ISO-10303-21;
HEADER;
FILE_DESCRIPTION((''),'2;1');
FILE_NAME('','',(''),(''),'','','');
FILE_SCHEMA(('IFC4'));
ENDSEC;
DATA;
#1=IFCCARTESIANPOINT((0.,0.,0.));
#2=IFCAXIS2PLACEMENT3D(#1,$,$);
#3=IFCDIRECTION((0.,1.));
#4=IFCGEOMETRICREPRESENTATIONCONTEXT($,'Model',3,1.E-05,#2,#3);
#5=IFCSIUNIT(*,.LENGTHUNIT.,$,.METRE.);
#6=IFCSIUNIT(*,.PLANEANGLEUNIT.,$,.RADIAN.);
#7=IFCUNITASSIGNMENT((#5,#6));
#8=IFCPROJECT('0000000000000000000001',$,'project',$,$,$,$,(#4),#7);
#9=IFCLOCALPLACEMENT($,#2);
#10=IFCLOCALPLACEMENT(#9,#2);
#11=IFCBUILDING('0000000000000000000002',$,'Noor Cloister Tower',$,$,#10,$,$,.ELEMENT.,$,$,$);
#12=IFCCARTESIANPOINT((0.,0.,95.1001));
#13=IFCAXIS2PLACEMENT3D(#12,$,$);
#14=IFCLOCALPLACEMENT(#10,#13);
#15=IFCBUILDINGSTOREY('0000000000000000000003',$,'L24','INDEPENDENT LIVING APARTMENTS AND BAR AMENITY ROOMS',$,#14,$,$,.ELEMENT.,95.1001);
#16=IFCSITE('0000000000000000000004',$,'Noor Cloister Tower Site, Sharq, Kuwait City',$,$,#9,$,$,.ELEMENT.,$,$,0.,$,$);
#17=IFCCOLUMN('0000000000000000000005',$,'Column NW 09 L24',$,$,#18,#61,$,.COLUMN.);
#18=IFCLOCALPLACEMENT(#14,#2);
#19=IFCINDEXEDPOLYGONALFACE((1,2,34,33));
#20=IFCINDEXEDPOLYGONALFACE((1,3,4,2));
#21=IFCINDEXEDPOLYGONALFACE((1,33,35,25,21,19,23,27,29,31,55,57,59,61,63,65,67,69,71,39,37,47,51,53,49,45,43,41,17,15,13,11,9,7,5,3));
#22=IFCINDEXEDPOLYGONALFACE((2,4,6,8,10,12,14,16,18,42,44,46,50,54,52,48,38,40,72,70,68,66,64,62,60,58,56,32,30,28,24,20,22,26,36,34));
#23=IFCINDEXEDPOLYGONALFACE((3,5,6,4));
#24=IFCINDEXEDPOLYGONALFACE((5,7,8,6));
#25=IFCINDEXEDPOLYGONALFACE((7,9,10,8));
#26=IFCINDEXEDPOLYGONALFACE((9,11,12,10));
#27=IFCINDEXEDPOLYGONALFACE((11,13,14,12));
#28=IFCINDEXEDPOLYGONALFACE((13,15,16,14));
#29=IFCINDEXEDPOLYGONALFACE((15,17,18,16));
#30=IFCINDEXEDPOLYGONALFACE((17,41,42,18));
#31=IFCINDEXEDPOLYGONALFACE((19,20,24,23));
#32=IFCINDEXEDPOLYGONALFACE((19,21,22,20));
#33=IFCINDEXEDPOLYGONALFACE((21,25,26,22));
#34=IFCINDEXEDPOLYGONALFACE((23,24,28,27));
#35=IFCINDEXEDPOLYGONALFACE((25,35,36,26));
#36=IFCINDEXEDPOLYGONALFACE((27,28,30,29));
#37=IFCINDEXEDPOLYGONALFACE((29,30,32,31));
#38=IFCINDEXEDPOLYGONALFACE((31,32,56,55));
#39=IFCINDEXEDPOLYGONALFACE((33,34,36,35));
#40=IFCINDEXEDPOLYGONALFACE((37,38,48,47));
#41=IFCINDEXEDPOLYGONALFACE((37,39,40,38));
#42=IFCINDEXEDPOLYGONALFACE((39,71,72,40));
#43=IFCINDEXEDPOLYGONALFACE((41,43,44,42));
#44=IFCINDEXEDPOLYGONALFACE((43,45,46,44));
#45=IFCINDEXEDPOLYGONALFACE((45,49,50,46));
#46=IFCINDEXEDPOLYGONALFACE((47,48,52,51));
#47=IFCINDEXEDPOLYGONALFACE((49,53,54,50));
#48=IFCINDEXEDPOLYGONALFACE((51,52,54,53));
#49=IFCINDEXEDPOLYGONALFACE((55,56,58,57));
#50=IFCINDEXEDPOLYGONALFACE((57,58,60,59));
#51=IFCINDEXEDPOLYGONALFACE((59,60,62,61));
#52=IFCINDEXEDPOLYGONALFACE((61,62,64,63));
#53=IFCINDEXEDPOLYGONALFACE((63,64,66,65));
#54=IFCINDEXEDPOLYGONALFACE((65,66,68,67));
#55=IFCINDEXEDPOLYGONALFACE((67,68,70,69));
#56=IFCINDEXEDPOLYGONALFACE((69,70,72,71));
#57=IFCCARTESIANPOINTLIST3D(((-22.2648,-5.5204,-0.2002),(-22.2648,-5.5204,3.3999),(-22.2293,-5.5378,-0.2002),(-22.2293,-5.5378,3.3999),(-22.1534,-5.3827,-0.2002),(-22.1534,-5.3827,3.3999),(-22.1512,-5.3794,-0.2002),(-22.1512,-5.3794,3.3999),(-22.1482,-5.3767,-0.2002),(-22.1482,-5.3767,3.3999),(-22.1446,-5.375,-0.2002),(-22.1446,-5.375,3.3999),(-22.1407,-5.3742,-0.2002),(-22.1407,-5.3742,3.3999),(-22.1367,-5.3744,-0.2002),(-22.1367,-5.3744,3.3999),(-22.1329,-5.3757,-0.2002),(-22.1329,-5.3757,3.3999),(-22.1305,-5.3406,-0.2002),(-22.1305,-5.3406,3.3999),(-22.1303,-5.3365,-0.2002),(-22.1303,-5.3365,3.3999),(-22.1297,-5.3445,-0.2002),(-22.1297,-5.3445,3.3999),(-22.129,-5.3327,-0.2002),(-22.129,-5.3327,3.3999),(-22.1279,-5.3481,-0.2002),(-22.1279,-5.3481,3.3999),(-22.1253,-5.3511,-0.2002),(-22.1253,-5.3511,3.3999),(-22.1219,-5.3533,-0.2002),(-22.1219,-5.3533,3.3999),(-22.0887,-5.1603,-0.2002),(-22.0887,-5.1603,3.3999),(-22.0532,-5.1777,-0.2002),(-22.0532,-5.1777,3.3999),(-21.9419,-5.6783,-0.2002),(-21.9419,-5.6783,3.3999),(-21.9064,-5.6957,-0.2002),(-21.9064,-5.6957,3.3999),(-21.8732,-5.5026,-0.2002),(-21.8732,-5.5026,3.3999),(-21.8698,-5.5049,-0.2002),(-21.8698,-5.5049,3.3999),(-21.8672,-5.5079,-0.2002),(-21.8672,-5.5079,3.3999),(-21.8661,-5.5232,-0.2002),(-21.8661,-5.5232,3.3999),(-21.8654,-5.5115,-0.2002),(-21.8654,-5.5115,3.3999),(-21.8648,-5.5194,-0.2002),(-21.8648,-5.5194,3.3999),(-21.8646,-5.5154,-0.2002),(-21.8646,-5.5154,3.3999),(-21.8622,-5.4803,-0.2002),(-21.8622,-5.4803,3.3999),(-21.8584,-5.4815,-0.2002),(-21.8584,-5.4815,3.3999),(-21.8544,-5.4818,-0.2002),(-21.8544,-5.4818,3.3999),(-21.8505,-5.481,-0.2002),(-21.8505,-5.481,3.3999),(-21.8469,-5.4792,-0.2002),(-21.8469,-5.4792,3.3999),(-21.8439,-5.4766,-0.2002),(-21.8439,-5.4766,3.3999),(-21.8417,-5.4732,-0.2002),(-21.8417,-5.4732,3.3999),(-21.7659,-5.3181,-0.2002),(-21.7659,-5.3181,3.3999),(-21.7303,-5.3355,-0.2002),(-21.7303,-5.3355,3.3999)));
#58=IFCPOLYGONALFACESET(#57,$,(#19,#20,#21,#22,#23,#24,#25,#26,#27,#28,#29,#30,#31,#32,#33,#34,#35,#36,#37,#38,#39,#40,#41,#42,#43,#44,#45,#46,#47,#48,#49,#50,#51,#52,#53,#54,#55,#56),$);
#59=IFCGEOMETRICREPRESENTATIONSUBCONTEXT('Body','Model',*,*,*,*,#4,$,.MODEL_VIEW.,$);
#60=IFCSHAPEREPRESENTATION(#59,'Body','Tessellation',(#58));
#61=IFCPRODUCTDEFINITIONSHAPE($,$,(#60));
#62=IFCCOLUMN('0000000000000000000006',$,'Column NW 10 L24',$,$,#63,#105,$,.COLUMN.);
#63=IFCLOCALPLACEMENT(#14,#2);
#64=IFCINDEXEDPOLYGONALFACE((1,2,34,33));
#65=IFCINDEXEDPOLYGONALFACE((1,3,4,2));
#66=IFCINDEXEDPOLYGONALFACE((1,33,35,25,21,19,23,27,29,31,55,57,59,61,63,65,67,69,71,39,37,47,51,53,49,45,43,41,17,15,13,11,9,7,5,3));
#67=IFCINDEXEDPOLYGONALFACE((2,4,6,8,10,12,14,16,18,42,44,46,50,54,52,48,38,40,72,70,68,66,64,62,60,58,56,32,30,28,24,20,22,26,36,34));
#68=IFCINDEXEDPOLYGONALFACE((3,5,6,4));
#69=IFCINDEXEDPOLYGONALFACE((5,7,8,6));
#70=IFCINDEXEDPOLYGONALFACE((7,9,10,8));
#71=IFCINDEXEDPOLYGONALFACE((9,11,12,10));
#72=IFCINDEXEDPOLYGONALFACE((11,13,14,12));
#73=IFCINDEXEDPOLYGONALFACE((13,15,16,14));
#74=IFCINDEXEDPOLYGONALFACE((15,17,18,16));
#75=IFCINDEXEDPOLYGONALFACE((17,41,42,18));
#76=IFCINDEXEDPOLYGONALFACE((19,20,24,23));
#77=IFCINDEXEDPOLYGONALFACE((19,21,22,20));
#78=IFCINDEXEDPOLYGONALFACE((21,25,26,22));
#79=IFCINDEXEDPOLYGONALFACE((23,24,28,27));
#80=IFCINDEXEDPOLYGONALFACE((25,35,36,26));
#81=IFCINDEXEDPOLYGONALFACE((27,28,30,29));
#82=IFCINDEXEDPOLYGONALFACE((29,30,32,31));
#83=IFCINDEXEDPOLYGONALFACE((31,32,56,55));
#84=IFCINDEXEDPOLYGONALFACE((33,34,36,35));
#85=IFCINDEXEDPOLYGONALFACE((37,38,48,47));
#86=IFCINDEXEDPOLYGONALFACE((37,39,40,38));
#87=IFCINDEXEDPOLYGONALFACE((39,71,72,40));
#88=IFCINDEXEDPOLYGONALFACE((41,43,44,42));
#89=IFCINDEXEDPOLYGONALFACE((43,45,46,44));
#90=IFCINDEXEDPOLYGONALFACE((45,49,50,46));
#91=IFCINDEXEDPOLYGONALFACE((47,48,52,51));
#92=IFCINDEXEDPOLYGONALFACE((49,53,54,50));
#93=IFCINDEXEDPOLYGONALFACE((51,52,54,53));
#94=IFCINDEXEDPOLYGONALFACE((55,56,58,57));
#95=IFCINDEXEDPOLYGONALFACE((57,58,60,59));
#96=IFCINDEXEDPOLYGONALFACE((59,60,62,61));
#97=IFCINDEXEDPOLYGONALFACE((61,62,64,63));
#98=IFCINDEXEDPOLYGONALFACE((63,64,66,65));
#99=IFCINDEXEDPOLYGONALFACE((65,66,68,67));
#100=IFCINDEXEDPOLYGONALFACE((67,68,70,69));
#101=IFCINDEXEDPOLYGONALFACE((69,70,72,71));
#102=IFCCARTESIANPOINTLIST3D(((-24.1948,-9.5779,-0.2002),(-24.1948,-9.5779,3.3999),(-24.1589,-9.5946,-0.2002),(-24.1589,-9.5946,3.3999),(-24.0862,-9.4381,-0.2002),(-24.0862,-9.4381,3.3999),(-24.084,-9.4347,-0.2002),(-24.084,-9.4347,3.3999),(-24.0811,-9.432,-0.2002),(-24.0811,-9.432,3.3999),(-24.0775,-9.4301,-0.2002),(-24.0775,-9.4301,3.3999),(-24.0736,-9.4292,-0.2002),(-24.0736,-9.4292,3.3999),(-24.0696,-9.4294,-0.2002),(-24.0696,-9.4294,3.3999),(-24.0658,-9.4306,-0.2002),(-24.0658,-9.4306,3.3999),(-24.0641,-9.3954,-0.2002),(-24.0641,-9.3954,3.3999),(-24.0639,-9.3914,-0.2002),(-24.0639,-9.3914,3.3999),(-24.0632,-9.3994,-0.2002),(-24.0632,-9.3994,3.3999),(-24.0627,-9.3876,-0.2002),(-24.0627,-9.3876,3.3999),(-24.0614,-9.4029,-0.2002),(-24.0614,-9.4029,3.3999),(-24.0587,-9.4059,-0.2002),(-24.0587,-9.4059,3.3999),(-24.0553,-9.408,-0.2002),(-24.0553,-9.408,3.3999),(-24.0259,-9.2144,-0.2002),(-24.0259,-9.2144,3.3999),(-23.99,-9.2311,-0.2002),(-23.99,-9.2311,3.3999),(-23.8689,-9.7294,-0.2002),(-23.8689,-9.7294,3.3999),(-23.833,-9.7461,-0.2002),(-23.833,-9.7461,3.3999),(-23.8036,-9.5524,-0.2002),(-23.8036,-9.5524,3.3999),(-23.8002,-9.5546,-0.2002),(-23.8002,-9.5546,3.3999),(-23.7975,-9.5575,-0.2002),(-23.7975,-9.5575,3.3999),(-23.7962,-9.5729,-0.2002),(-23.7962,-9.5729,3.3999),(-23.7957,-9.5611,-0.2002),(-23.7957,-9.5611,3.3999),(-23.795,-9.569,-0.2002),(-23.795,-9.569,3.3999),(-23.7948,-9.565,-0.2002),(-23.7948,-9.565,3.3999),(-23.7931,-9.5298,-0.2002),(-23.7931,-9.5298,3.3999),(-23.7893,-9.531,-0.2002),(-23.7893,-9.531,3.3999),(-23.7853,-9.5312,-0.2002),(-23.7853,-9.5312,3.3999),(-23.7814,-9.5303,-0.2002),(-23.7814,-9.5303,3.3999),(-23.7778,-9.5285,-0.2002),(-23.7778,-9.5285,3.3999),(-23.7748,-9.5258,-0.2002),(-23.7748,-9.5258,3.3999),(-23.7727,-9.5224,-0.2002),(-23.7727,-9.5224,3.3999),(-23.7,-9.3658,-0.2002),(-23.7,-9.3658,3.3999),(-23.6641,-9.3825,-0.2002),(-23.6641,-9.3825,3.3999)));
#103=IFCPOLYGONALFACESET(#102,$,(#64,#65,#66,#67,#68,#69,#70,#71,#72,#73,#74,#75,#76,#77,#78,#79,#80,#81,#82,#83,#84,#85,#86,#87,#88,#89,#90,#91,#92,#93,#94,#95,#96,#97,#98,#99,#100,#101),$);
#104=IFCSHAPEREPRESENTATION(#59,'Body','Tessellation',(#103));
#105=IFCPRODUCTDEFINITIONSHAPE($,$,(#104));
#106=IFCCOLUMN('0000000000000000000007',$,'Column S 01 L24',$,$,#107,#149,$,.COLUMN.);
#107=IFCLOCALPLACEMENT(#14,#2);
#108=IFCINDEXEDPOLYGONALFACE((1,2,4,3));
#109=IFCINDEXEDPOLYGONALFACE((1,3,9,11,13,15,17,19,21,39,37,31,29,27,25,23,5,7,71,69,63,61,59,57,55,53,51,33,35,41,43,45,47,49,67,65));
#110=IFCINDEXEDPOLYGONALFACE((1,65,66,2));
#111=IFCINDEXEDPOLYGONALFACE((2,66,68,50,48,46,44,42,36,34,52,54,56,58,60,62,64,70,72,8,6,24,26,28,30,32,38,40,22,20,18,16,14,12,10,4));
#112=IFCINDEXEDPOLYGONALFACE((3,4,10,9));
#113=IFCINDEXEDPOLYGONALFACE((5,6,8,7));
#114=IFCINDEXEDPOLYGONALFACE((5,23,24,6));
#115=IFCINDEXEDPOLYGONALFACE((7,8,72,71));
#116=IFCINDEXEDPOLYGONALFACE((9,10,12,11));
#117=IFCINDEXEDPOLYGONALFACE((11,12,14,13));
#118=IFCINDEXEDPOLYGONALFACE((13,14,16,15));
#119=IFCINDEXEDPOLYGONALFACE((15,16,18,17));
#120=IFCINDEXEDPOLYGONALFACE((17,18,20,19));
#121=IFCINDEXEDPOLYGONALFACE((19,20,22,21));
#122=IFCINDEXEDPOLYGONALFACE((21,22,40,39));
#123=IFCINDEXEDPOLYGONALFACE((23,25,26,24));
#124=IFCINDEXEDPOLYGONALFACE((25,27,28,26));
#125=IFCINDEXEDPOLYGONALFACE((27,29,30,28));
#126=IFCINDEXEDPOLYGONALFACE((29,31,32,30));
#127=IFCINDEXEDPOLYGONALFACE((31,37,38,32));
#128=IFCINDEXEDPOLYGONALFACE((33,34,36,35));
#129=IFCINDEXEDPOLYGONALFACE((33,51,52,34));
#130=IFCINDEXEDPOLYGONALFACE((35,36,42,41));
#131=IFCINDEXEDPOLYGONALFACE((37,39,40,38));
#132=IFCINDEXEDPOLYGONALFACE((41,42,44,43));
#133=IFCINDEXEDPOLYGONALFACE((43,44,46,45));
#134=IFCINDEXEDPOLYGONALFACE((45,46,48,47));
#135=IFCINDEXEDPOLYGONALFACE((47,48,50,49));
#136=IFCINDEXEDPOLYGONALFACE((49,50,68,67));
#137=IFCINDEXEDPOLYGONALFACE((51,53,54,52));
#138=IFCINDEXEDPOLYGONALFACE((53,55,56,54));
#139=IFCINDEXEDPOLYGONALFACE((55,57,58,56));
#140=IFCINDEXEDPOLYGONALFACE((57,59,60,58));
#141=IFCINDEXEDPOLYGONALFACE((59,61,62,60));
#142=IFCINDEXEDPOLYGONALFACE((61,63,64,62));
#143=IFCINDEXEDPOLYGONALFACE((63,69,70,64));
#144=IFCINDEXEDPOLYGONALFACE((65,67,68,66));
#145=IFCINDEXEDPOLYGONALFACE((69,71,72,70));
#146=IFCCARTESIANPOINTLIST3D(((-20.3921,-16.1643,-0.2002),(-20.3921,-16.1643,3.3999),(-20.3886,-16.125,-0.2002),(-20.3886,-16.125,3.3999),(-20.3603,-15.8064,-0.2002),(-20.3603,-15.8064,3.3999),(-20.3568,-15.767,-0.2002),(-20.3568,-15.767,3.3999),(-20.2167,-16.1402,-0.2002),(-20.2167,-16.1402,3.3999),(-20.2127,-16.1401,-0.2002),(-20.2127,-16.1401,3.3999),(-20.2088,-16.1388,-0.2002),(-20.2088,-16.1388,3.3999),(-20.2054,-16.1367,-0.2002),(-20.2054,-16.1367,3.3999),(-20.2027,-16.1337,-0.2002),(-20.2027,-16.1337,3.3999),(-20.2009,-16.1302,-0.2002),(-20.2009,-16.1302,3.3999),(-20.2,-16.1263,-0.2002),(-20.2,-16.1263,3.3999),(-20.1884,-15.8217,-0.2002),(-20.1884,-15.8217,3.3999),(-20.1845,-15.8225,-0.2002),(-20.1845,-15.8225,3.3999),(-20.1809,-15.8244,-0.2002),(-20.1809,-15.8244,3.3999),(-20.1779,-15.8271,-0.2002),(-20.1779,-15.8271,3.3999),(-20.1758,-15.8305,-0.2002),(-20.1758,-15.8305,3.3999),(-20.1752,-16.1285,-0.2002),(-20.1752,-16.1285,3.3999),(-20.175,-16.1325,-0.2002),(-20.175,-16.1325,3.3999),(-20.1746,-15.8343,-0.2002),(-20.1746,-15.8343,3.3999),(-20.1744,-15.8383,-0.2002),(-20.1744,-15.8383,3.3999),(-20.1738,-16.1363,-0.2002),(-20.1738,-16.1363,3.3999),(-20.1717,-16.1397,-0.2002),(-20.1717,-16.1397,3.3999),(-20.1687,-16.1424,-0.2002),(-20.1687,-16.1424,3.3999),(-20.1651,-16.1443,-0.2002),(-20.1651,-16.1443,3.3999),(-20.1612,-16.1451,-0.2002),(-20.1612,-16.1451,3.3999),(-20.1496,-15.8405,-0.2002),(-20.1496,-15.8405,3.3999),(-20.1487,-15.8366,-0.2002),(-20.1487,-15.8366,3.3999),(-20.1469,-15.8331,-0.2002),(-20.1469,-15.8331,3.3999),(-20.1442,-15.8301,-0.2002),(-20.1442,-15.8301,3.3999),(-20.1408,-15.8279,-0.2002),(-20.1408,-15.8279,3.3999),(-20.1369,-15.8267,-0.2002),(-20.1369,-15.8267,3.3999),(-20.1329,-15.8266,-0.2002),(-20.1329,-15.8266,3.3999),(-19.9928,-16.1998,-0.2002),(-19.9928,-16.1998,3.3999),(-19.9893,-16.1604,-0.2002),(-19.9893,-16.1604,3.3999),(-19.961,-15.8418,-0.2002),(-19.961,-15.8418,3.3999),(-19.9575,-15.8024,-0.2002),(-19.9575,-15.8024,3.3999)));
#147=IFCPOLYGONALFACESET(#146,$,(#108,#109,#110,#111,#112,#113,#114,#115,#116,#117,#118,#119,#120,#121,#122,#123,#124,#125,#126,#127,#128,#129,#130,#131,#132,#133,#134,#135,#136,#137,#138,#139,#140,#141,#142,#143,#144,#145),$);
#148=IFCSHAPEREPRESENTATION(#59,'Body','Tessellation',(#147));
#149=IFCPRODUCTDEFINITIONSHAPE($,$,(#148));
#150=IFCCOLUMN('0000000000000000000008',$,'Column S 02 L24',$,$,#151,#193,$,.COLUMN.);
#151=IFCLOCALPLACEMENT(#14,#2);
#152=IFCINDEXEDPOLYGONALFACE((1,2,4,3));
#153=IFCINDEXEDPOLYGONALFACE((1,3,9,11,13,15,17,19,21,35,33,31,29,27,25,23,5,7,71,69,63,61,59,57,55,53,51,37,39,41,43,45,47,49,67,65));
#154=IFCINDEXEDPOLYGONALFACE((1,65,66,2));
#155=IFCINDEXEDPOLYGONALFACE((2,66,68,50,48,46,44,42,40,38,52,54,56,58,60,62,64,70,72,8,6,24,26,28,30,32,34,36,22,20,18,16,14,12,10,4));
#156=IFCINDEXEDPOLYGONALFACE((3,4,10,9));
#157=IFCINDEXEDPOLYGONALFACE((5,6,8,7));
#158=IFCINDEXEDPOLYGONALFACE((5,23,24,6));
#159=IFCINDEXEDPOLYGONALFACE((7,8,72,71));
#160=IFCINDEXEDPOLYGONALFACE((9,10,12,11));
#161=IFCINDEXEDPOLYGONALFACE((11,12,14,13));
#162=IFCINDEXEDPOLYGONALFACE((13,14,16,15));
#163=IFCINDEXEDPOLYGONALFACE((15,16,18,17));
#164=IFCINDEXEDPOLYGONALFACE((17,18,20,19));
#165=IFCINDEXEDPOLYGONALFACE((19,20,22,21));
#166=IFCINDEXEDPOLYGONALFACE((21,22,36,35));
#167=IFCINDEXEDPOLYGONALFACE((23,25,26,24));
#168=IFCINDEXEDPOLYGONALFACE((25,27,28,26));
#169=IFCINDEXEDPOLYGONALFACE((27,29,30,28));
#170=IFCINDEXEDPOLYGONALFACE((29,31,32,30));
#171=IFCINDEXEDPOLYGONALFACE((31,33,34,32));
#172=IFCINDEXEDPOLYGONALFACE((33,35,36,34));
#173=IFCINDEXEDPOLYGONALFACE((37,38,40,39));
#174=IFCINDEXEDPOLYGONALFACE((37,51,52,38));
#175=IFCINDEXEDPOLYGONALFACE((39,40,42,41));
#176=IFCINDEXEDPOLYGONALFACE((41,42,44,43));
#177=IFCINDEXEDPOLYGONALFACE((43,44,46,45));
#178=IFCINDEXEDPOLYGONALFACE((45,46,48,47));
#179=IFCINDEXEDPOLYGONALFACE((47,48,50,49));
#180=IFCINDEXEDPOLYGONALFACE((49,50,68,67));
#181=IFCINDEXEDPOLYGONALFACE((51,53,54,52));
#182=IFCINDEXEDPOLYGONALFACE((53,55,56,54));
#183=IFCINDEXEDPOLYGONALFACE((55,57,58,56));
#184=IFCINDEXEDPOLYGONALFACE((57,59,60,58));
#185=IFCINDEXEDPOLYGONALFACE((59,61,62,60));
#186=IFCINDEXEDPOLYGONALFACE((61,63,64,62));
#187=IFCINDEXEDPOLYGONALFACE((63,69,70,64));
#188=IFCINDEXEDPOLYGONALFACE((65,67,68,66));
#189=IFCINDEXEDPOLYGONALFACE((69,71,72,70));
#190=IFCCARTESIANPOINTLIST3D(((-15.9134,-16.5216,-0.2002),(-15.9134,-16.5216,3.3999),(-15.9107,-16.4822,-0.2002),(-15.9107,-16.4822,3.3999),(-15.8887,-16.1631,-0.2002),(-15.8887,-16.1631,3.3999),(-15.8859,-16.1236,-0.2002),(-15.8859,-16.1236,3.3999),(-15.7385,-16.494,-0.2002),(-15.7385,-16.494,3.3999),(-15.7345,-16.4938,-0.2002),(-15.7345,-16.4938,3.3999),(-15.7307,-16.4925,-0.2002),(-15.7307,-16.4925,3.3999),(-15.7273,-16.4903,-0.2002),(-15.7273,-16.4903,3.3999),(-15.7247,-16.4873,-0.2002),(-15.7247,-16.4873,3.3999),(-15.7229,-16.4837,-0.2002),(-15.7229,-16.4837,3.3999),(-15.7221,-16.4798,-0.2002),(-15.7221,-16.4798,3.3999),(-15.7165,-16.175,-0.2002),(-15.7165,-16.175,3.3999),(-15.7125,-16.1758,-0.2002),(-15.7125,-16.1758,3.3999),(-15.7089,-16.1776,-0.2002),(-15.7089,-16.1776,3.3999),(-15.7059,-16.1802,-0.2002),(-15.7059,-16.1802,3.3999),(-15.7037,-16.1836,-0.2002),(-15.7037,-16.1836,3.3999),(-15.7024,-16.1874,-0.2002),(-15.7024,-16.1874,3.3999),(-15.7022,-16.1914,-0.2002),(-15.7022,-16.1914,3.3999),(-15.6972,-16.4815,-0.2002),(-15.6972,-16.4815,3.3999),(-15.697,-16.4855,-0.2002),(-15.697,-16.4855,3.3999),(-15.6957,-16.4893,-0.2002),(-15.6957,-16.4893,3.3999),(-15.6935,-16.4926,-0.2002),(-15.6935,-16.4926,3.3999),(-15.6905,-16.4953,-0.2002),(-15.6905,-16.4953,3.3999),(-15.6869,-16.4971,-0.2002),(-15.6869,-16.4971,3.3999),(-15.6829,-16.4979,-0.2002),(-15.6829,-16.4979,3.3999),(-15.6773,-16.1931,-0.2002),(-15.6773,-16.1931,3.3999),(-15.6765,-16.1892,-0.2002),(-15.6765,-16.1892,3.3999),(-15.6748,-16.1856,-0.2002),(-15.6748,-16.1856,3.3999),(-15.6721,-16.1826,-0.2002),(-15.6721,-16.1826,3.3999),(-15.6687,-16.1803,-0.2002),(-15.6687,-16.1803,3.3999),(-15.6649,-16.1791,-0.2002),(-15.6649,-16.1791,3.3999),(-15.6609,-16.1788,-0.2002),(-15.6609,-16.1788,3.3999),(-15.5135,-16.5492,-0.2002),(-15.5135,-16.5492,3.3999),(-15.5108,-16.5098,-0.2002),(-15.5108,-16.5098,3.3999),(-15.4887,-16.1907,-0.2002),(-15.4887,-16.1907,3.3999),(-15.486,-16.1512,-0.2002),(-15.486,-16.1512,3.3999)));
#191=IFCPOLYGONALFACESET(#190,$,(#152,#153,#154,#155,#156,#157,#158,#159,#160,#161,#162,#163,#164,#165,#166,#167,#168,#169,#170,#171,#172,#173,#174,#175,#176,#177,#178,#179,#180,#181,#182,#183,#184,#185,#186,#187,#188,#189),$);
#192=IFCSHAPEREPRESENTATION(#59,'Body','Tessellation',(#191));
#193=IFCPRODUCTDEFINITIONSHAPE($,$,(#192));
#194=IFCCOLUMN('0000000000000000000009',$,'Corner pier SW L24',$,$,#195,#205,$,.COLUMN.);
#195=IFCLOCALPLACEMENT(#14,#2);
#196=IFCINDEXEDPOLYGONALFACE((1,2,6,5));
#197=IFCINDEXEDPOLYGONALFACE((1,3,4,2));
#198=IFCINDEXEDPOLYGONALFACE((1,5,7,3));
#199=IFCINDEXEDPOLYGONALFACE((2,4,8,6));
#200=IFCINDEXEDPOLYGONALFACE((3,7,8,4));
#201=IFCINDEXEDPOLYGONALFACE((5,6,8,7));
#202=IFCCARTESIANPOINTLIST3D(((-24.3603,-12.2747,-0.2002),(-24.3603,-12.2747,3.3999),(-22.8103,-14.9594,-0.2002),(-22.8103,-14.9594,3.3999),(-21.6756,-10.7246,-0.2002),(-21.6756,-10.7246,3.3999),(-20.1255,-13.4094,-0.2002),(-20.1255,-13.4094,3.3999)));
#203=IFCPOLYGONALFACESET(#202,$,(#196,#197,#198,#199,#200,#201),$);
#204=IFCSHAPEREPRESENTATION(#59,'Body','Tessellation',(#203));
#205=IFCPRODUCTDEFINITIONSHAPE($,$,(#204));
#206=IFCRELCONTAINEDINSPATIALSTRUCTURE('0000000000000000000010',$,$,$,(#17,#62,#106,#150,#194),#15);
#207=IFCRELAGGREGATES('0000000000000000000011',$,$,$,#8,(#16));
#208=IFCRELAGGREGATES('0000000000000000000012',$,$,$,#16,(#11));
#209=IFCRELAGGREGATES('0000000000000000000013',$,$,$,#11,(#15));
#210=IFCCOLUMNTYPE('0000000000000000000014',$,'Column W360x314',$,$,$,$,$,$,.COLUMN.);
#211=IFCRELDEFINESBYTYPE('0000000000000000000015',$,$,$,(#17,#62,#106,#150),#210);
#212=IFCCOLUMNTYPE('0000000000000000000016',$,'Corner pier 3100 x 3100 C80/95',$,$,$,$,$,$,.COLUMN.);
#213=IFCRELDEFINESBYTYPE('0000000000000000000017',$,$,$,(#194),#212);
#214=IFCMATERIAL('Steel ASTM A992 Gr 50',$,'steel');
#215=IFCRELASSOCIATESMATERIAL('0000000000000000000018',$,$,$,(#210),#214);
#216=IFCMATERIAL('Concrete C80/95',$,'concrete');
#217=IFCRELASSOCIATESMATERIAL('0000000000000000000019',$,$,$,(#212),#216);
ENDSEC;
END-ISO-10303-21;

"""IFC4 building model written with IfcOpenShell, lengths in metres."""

from ifc_helpers import new_model, si_unit, direction, frame, origin, origin_2d, place, context, subcontext, project, spatial, rectangle, i_section, extrude, material, material_profile, profile_set, type_object, element, save


model = new_model("IFC4")

# Units and contexts
model_context = context("Model", 3, precision=1e-05, world=origin(), true_north=direction((0.0, 1.0)))
body_context = subcontext(model_context, "Body", "Model", "MODEL_VIEW")
ifc_project = project(units=[si_unit("LENGTHUNIT", "METRE"), si_unit("PLANEANGLEUNIT", "RADIAN")], contexts=[model_context])

# Site, building, storey
site_placement = place(None, origin())
site = spatial("IfcSite", under=ifc_project, at=site_placement, Name="Noor Cloister Tower Site, Sharq, Kuwait City", CompositionType="ELEMENT", RefElevation=0.0)
building_placement = place(site_placement, origin())
building = spatial("IfcBuilding", under=site, at=building_placement, Name="Noor Cloister Tower", CompositionType="ELEMENT")
storey_placement = place(building_placement, frame((0.0, 0.0, 95.1001)))
storey = spatial("IfcBuildingStorey", under=building, at=storey_placement, Name="L24", Description="INDEPENDENT LIVING APARTMENTS AND BAR AMENITY ROOMS", CompositionType="ELEMENT", Elevation=95.1001)

# Columns
ifc_material_1 = material(Name="Steel ASTM A992 Gr 50", Category="steel")
ifc_material_profile_1 = material_profile(ifc_material_1, i_section(OverallWidth=0.4009, OverallDepth=0.3989, WebThickness=0.0249, FlangeThickness=0.0396, FilletRadius=0.0154, at=origin_2d()), Name="W360x314")
ifc_profile_set_1 = profile_set([ifc_material_profile_1], Name="Steel ASTM A992 Gr 50")
column_type_1 = type_object("IfcColumnType", Name="Column W360x314", PredefinedType="COLUMN", material=ifc_profile_set_1)
for number, where, z_axis, x_axis, name in (
    (1, (-21.9976, -5.428, -0.2002), (0.0, 0.0, 1.0), (-0.439199, -0.89839, 0.0), "Column NW 09 L24"),
    (2, (-23.9294, -9.4802, -0.2002), (0.0, 0.0, 1.0), (-0.421432, -0.90686, 0.0), "Column NW 10 L24"),
    (3, (-20.1748, -15.9834, -0.2002), (0.0, 0.0, 1.0), (0.99608, -0.088459, 0.0), "Column S 01 L24"),
    (4, (-15.6997, -16.3364, -0.2002), (0.0, 0.0, 1.0), (0.997628, -0.068837, 0.0), "Column S 02 L24"),
):
    element("IfcColumn", number, at=place(storey_placement, frame(where, z_axis=z_axis, x_axis=x_axis)), inside=storey, type_object=column_type_1, Name=name, PredefinedType="COLUMN", context=body_context, shape_type="SweptSolid", body=[
        extrude(i_section(OverallWidth=0.4009, OverallDepth=0.3989, WebThickness=0.0249, FlangeThickness=0.0396, FilletRadius=0.0154, at=origin_2d()), origin(), (0.0, 0.0, 1.0), 3.6001),
    ])
ifc_material_2 = material(Name="Concrete C80/95", Category="concrete")
ifc_material_profile_2 = material_profile(ifc_material_2, rectangle(XDim=3.1001, YDim=3.1001, at=origin_2d()), Name="RC 3100x3100")
ifc_profile_set_2 = profile_set([ifc_material_profile_2], Name="Concrete C80/95")
column_type_2 = type_object("IfcColumnType", Name="Corner pier 3100 x 3100 C80/95", PredefinedType="COLUMN", material=ifc_profile_set_2)
column_placement = place(storey_placement, frame((-22.2429, -12.842, -0.2002), z_axis=(0.0, 0.0, 1.0), x_axis=(-0.866025, -0.5, 0.0)))
element("IfcColumn", 5, at=column_placement, inside=storey, type_object=column_type_2, Name="Corner pier SW L24", PredefinedType="COLUMN", context=body_context, shape_type="SweptSolid", body=[
    extrude(rectangle(XDim=3.1001, YDim=3.1001, at=origin_2d()), origin(), (0.0, 0.0, 1.0), 3.6001),
])

save(model, "model.ifc")
